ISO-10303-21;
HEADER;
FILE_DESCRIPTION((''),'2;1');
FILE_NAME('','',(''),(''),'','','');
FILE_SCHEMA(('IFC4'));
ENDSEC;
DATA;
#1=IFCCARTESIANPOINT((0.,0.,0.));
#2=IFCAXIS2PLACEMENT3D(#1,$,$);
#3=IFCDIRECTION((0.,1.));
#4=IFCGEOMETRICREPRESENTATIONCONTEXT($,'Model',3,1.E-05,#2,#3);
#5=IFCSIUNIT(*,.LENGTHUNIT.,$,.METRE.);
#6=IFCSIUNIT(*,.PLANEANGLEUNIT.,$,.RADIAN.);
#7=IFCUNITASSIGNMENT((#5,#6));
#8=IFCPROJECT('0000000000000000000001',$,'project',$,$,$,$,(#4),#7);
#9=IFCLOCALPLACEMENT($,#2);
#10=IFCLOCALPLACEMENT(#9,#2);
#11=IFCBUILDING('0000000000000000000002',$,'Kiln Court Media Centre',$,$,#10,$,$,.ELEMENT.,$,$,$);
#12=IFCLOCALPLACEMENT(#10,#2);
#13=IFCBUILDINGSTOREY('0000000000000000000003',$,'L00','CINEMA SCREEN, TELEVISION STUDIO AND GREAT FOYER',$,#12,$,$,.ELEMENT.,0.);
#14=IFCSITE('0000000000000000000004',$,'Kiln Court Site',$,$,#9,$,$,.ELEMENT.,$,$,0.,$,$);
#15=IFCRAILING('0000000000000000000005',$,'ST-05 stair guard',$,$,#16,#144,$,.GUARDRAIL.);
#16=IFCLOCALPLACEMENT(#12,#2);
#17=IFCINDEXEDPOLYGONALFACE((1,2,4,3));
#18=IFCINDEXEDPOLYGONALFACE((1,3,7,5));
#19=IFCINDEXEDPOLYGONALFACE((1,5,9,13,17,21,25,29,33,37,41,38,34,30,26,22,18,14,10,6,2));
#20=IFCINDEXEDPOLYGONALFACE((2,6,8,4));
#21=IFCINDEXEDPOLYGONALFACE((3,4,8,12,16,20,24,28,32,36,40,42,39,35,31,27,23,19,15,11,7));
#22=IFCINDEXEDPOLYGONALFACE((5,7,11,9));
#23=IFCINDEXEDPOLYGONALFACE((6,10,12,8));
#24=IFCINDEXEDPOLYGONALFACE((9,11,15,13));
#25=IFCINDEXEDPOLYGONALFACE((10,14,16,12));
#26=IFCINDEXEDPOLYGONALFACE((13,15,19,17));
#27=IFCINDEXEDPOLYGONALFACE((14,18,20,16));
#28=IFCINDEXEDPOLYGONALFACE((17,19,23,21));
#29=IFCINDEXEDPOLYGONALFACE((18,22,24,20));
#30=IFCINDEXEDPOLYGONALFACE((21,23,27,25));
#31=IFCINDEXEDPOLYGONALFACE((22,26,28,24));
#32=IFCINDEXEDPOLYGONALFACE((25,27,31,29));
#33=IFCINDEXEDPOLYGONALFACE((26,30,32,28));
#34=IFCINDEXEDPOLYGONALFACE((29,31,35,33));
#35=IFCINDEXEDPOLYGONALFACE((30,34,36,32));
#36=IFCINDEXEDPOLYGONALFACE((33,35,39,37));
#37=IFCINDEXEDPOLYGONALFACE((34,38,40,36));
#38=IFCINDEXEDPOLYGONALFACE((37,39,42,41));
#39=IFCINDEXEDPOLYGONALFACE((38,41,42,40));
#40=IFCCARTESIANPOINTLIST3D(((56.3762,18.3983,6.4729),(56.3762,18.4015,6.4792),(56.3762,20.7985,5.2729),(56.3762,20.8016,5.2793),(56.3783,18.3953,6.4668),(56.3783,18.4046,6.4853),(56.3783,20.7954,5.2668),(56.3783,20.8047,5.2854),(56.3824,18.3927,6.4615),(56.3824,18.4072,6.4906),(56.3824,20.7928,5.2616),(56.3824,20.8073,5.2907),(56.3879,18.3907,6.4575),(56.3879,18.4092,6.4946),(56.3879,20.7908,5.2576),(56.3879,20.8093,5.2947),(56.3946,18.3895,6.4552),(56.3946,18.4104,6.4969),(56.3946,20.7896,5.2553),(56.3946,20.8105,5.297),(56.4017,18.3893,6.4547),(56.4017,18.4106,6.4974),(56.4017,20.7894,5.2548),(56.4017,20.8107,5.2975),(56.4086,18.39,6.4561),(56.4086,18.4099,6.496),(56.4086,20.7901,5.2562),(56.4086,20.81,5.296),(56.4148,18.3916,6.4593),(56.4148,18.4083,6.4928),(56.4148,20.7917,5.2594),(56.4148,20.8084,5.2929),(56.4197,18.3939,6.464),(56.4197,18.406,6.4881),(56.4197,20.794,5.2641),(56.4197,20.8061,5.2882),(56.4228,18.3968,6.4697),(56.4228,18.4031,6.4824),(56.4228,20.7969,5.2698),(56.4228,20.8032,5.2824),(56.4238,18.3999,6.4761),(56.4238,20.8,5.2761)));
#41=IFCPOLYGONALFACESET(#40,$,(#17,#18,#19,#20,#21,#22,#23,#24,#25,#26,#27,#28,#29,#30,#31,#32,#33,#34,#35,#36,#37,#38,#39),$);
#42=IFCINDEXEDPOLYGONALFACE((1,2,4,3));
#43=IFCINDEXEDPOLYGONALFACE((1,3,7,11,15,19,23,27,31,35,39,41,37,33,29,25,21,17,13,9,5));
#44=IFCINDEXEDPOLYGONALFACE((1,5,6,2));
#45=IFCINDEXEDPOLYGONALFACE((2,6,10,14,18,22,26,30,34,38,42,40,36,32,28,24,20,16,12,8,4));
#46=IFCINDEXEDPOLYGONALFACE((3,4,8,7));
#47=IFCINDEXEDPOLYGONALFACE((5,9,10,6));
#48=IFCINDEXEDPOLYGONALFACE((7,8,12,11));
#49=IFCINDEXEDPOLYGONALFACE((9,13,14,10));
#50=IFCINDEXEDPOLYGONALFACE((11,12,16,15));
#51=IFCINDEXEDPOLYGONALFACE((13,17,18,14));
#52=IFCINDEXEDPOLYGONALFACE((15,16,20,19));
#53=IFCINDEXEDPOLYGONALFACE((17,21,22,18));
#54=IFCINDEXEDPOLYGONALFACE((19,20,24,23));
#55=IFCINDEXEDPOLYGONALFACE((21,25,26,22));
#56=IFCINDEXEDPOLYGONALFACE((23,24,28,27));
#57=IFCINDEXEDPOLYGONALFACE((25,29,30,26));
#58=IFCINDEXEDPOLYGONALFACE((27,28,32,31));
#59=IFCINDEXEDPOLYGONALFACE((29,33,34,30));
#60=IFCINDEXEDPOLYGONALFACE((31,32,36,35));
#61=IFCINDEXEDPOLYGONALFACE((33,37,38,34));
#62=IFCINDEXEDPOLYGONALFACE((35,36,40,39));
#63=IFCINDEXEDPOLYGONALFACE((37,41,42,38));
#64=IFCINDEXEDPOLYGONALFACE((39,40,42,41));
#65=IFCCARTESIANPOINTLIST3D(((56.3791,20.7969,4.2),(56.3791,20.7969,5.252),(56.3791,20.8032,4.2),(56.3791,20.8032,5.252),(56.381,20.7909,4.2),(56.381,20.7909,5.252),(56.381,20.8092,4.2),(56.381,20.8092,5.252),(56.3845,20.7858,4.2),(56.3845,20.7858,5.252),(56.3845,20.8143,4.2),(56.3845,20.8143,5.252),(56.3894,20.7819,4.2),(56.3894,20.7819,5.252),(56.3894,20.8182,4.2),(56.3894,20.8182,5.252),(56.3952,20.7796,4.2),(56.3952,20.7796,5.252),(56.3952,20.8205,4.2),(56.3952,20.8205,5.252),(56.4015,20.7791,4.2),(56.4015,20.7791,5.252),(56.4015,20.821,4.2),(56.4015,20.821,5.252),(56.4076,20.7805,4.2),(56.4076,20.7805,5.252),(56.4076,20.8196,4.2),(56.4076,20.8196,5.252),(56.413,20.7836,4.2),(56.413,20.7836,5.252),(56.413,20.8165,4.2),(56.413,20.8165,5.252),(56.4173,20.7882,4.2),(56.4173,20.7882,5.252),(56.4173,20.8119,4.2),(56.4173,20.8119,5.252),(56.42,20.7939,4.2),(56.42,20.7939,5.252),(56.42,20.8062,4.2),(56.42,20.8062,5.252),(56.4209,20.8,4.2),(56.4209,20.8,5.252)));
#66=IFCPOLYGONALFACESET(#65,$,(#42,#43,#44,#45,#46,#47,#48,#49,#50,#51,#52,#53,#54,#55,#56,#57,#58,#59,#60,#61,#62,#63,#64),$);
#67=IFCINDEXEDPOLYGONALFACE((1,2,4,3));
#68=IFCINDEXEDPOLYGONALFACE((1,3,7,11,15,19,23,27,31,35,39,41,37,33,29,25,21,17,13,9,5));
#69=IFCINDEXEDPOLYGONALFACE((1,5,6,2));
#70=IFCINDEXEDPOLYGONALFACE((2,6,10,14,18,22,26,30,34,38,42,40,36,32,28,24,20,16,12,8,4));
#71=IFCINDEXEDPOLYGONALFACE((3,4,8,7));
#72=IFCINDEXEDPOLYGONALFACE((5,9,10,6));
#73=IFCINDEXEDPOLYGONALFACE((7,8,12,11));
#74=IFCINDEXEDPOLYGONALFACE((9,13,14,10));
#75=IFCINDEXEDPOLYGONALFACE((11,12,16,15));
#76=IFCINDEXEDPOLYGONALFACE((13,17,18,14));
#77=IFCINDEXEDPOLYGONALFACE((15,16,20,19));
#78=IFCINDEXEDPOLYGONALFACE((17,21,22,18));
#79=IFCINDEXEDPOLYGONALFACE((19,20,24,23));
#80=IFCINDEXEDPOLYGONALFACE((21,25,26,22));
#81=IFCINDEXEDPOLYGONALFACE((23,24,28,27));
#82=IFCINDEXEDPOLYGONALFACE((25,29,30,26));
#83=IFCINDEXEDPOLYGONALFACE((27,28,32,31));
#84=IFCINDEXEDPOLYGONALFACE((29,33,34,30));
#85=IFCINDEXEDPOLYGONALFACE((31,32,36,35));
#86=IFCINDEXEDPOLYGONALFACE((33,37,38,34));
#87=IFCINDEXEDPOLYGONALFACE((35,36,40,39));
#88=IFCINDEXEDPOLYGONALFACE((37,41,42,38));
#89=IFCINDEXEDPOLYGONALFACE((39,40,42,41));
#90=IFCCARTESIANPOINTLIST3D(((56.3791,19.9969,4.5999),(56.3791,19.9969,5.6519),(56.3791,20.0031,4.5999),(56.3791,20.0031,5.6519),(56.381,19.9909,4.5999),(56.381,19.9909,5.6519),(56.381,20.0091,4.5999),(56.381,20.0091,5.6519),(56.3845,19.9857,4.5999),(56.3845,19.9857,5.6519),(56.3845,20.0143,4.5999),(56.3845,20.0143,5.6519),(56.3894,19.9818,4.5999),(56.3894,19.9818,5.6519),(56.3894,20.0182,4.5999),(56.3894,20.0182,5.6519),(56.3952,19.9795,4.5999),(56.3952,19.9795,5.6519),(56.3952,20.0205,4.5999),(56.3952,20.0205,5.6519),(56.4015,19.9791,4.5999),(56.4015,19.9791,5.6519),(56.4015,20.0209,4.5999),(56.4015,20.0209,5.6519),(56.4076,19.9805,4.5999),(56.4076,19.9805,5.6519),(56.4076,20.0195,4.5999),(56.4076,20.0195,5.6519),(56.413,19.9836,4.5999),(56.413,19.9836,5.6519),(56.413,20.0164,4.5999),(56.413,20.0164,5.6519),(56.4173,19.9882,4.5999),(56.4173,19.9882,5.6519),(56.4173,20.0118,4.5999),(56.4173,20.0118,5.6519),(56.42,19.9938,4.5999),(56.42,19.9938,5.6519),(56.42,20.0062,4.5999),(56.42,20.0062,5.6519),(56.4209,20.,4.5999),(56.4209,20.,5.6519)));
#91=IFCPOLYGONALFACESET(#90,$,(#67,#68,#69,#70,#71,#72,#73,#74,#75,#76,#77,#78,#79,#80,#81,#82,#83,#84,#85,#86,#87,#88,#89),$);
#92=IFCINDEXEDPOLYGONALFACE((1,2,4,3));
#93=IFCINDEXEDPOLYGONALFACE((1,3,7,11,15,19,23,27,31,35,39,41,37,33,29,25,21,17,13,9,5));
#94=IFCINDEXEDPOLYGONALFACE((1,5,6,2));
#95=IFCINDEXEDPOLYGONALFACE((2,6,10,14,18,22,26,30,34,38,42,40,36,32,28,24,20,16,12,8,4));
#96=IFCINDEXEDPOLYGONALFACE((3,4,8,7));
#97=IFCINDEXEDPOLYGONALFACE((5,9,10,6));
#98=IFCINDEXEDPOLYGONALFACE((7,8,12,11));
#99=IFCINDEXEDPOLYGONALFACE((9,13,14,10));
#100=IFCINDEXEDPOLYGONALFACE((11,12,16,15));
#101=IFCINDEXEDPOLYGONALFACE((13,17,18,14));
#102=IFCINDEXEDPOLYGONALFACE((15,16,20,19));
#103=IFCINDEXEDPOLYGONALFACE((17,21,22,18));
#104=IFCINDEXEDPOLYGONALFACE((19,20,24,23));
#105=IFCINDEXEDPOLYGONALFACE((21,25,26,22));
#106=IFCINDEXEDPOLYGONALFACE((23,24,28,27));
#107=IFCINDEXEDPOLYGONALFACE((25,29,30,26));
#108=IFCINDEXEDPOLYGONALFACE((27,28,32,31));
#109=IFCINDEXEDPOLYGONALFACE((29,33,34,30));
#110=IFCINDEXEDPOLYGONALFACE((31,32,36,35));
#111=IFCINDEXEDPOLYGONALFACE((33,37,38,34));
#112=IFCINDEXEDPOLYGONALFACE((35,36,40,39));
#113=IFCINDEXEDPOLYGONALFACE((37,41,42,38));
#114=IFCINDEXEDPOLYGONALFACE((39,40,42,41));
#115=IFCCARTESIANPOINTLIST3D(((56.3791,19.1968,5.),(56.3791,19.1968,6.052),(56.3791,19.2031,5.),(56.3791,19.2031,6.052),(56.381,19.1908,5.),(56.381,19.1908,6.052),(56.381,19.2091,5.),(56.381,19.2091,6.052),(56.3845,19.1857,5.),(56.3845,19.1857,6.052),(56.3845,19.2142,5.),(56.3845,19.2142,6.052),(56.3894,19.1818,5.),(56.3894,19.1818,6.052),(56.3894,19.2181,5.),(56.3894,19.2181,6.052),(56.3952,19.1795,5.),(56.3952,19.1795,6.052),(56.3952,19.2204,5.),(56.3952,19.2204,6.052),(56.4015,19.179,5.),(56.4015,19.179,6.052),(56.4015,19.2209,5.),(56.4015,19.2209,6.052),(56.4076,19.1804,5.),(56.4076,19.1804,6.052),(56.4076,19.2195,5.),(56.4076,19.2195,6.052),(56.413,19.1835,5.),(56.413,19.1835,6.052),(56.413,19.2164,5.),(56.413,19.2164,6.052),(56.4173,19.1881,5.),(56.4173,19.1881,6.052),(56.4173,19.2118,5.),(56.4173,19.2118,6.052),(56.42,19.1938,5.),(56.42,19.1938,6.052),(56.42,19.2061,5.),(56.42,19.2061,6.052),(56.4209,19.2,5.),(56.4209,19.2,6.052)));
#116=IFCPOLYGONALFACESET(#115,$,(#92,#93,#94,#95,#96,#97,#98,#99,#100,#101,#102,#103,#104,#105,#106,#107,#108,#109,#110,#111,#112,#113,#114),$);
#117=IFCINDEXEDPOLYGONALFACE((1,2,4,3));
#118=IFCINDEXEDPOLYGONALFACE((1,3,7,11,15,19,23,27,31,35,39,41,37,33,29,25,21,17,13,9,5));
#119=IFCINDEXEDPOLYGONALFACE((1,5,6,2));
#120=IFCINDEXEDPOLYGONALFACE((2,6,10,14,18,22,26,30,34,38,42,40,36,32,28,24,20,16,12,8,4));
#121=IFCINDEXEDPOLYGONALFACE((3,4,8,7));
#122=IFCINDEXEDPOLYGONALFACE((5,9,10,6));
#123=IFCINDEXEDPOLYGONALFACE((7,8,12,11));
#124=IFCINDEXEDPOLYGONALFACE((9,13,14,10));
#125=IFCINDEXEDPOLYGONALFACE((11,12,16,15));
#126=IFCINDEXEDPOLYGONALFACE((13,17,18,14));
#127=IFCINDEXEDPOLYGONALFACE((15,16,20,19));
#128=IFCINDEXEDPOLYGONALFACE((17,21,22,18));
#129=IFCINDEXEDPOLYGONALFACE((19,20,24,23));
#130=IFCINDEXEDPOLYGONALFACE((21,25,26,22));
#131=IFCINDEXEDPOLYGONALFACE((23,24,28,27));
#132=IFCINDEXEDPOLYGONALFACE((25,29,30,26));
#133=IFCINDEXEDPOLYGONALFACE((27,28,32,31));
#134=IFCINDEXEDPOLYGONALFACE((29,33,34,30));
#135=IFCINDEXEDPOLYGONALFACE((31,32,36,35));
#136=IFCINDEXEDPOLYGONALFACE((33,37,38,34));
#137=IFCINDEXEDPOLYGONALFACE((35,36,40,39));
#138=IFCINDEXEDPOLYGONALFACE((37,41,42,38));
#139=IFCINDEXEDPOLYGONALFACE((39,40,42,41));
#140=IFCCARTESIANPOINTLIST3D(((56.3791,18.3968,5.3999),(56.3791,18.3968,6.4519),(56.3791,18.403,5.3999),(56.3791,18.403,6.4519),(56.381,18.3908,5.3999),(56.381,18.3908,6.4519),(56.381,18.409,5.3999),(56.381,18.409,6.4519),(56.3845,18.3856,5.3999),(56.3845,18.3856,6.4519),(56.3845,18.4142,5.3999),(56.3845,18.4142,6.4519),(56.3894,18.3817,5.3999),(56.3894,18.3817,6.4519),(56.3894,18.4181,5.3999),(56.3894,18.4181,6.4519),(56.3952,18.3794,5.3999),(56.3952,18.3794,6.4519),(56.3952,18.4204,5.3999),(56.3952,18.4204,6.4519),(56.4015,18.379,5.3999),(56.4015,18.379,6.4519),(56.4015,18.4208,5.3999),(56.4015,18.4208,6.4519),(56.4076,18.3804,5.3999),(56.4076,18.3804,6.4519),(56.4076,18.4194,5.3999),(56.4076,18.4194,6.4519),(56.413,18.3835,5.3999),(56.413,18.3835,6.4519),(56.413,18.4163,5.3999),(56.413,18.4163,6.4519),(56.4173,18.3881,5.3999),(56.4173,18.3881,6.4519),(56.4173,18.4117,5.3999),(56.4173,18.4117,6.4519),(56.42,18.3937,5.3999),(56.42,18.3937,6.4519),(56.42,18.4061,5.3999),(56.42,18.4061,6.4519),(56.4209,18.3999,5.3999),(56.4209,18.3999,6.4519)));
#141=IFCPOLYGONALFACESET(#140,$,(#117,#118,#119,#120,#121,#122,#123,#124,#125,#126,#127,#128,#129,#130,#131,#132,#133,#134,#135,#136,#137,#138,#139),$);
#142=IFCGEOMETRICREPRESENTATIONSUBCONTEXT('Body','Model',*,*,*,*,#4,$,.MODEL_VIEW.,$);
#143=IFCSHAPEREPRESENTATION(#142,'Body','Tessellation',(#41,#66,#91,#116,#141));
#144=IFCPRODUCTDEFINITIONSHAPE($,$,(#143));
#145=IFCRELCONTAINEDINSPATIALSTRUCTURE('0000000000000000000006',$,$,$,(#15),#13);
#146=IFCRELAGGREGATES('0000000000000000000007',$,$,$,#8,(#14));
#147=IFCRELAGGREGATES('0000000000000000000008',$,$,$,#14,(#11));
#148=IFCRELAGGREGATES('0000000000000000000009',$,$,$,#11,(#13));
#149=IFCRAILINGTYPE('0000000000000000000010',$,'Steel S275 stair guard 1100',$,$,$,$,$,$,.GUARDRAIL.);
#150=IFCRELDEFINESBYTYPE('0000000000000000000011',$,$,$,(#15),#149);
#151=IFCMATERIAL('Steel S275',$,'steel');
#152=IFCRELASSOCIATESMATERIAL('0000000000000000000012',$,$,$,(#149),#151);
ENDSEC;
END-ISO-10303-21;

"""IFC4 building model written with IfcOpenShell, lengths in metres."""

from ifc_helpers import new_model, si_unit, direction, frame, origin, origin_2d, place, context, subcontext, project, spatial, circle, extrude, material, type_object, element, save


model = new_model("IFC4")

# Units and contexts
model_context = context("Model", 3, precision=1e-05, world=origin(), true_north=direction((0.0, 1.0)))
body_context = subcontext(model_context, "Body", "Model", "MODEL_VIEW")
ifc_project = project(units=[si_unit("LENGTHUNIT", "METRE"), si_unit("PLANEANGLEUNIT", "RADIAN")], contexts=[model_context])

# Site, building, storey
site_placement = place(None, origin())
site = spatial("IfcSite", under=ifc_project, at=site_placement, Name="Kiln Court Site", CompositionType="ELEMENT", RefElevation=0.0)
building_placement = place(site_placement, origin())
building = spatial("IfcBuilding", under=site, at=building_placement, Name="Kiln Court Media Centre", CompositionType="ELEMENT")
storey_placement = place(building_placement, origin())
storey = spatial("IfcBuildingStorey", under=building, at=storey_placement, Name="L00", Description="CINEMA SCREEN, TELEVISION STUDIO AND GREAT FOYER", CompositionType="ELEMENT", Elevation=0.0)

# Railing
ifc_material_1 = material(Name="Steel S275", Category="steel")
railing_type_1 = type_object("IfcRailingType", Name="Steel S275 stair guard 1100", PredefinedType="GUARDRAIL", material=ifc_material_1)
railing_1_placement = place(storey_placement, frame((56.3999, 20.8, 4.2)))
element("IfcRailing", 1, at=railing_1_placement, inside=storey, type_object=railing_type_1, Name="ST-05 stair guard", PredefinedType="GUARDRAIL", context=body_context, shape_type="SweptSolid", body=[
    extrude(circle(Radius=0.0239, at=origin_2d()), frame((0.0, 0.0, 1.0762), z_axis=(0.0, -0.894445, 0.447177), x_axis=(1.0, 0.0, 0.0)), (0.0, 0.0, 1.0), 2.6833),
    extrude(circle(Radius=0.021, at=origin_2d()), origin(), (0.0, 0.0, 1.0), 1.052),
    extrude(circle(Radius=0.021, at=origin_2d()), frame((0.0, -0.8, 0.3999)), (0.0, 0.0, 1.0), 1.052),
    extrude(circle(Radius=0.021, at=origin_2d()), frame((0.0, -1.6001, 0.8)), (0.0, 0.0, 1.0), 1.052),
    extrude(circle(Radius=0.021, at=origin_2d()), frame((0.0, -2.4001, 1.2)), (0.0, 0.0, 1.0), 1.052),
])

save(model, "model.ifc")
